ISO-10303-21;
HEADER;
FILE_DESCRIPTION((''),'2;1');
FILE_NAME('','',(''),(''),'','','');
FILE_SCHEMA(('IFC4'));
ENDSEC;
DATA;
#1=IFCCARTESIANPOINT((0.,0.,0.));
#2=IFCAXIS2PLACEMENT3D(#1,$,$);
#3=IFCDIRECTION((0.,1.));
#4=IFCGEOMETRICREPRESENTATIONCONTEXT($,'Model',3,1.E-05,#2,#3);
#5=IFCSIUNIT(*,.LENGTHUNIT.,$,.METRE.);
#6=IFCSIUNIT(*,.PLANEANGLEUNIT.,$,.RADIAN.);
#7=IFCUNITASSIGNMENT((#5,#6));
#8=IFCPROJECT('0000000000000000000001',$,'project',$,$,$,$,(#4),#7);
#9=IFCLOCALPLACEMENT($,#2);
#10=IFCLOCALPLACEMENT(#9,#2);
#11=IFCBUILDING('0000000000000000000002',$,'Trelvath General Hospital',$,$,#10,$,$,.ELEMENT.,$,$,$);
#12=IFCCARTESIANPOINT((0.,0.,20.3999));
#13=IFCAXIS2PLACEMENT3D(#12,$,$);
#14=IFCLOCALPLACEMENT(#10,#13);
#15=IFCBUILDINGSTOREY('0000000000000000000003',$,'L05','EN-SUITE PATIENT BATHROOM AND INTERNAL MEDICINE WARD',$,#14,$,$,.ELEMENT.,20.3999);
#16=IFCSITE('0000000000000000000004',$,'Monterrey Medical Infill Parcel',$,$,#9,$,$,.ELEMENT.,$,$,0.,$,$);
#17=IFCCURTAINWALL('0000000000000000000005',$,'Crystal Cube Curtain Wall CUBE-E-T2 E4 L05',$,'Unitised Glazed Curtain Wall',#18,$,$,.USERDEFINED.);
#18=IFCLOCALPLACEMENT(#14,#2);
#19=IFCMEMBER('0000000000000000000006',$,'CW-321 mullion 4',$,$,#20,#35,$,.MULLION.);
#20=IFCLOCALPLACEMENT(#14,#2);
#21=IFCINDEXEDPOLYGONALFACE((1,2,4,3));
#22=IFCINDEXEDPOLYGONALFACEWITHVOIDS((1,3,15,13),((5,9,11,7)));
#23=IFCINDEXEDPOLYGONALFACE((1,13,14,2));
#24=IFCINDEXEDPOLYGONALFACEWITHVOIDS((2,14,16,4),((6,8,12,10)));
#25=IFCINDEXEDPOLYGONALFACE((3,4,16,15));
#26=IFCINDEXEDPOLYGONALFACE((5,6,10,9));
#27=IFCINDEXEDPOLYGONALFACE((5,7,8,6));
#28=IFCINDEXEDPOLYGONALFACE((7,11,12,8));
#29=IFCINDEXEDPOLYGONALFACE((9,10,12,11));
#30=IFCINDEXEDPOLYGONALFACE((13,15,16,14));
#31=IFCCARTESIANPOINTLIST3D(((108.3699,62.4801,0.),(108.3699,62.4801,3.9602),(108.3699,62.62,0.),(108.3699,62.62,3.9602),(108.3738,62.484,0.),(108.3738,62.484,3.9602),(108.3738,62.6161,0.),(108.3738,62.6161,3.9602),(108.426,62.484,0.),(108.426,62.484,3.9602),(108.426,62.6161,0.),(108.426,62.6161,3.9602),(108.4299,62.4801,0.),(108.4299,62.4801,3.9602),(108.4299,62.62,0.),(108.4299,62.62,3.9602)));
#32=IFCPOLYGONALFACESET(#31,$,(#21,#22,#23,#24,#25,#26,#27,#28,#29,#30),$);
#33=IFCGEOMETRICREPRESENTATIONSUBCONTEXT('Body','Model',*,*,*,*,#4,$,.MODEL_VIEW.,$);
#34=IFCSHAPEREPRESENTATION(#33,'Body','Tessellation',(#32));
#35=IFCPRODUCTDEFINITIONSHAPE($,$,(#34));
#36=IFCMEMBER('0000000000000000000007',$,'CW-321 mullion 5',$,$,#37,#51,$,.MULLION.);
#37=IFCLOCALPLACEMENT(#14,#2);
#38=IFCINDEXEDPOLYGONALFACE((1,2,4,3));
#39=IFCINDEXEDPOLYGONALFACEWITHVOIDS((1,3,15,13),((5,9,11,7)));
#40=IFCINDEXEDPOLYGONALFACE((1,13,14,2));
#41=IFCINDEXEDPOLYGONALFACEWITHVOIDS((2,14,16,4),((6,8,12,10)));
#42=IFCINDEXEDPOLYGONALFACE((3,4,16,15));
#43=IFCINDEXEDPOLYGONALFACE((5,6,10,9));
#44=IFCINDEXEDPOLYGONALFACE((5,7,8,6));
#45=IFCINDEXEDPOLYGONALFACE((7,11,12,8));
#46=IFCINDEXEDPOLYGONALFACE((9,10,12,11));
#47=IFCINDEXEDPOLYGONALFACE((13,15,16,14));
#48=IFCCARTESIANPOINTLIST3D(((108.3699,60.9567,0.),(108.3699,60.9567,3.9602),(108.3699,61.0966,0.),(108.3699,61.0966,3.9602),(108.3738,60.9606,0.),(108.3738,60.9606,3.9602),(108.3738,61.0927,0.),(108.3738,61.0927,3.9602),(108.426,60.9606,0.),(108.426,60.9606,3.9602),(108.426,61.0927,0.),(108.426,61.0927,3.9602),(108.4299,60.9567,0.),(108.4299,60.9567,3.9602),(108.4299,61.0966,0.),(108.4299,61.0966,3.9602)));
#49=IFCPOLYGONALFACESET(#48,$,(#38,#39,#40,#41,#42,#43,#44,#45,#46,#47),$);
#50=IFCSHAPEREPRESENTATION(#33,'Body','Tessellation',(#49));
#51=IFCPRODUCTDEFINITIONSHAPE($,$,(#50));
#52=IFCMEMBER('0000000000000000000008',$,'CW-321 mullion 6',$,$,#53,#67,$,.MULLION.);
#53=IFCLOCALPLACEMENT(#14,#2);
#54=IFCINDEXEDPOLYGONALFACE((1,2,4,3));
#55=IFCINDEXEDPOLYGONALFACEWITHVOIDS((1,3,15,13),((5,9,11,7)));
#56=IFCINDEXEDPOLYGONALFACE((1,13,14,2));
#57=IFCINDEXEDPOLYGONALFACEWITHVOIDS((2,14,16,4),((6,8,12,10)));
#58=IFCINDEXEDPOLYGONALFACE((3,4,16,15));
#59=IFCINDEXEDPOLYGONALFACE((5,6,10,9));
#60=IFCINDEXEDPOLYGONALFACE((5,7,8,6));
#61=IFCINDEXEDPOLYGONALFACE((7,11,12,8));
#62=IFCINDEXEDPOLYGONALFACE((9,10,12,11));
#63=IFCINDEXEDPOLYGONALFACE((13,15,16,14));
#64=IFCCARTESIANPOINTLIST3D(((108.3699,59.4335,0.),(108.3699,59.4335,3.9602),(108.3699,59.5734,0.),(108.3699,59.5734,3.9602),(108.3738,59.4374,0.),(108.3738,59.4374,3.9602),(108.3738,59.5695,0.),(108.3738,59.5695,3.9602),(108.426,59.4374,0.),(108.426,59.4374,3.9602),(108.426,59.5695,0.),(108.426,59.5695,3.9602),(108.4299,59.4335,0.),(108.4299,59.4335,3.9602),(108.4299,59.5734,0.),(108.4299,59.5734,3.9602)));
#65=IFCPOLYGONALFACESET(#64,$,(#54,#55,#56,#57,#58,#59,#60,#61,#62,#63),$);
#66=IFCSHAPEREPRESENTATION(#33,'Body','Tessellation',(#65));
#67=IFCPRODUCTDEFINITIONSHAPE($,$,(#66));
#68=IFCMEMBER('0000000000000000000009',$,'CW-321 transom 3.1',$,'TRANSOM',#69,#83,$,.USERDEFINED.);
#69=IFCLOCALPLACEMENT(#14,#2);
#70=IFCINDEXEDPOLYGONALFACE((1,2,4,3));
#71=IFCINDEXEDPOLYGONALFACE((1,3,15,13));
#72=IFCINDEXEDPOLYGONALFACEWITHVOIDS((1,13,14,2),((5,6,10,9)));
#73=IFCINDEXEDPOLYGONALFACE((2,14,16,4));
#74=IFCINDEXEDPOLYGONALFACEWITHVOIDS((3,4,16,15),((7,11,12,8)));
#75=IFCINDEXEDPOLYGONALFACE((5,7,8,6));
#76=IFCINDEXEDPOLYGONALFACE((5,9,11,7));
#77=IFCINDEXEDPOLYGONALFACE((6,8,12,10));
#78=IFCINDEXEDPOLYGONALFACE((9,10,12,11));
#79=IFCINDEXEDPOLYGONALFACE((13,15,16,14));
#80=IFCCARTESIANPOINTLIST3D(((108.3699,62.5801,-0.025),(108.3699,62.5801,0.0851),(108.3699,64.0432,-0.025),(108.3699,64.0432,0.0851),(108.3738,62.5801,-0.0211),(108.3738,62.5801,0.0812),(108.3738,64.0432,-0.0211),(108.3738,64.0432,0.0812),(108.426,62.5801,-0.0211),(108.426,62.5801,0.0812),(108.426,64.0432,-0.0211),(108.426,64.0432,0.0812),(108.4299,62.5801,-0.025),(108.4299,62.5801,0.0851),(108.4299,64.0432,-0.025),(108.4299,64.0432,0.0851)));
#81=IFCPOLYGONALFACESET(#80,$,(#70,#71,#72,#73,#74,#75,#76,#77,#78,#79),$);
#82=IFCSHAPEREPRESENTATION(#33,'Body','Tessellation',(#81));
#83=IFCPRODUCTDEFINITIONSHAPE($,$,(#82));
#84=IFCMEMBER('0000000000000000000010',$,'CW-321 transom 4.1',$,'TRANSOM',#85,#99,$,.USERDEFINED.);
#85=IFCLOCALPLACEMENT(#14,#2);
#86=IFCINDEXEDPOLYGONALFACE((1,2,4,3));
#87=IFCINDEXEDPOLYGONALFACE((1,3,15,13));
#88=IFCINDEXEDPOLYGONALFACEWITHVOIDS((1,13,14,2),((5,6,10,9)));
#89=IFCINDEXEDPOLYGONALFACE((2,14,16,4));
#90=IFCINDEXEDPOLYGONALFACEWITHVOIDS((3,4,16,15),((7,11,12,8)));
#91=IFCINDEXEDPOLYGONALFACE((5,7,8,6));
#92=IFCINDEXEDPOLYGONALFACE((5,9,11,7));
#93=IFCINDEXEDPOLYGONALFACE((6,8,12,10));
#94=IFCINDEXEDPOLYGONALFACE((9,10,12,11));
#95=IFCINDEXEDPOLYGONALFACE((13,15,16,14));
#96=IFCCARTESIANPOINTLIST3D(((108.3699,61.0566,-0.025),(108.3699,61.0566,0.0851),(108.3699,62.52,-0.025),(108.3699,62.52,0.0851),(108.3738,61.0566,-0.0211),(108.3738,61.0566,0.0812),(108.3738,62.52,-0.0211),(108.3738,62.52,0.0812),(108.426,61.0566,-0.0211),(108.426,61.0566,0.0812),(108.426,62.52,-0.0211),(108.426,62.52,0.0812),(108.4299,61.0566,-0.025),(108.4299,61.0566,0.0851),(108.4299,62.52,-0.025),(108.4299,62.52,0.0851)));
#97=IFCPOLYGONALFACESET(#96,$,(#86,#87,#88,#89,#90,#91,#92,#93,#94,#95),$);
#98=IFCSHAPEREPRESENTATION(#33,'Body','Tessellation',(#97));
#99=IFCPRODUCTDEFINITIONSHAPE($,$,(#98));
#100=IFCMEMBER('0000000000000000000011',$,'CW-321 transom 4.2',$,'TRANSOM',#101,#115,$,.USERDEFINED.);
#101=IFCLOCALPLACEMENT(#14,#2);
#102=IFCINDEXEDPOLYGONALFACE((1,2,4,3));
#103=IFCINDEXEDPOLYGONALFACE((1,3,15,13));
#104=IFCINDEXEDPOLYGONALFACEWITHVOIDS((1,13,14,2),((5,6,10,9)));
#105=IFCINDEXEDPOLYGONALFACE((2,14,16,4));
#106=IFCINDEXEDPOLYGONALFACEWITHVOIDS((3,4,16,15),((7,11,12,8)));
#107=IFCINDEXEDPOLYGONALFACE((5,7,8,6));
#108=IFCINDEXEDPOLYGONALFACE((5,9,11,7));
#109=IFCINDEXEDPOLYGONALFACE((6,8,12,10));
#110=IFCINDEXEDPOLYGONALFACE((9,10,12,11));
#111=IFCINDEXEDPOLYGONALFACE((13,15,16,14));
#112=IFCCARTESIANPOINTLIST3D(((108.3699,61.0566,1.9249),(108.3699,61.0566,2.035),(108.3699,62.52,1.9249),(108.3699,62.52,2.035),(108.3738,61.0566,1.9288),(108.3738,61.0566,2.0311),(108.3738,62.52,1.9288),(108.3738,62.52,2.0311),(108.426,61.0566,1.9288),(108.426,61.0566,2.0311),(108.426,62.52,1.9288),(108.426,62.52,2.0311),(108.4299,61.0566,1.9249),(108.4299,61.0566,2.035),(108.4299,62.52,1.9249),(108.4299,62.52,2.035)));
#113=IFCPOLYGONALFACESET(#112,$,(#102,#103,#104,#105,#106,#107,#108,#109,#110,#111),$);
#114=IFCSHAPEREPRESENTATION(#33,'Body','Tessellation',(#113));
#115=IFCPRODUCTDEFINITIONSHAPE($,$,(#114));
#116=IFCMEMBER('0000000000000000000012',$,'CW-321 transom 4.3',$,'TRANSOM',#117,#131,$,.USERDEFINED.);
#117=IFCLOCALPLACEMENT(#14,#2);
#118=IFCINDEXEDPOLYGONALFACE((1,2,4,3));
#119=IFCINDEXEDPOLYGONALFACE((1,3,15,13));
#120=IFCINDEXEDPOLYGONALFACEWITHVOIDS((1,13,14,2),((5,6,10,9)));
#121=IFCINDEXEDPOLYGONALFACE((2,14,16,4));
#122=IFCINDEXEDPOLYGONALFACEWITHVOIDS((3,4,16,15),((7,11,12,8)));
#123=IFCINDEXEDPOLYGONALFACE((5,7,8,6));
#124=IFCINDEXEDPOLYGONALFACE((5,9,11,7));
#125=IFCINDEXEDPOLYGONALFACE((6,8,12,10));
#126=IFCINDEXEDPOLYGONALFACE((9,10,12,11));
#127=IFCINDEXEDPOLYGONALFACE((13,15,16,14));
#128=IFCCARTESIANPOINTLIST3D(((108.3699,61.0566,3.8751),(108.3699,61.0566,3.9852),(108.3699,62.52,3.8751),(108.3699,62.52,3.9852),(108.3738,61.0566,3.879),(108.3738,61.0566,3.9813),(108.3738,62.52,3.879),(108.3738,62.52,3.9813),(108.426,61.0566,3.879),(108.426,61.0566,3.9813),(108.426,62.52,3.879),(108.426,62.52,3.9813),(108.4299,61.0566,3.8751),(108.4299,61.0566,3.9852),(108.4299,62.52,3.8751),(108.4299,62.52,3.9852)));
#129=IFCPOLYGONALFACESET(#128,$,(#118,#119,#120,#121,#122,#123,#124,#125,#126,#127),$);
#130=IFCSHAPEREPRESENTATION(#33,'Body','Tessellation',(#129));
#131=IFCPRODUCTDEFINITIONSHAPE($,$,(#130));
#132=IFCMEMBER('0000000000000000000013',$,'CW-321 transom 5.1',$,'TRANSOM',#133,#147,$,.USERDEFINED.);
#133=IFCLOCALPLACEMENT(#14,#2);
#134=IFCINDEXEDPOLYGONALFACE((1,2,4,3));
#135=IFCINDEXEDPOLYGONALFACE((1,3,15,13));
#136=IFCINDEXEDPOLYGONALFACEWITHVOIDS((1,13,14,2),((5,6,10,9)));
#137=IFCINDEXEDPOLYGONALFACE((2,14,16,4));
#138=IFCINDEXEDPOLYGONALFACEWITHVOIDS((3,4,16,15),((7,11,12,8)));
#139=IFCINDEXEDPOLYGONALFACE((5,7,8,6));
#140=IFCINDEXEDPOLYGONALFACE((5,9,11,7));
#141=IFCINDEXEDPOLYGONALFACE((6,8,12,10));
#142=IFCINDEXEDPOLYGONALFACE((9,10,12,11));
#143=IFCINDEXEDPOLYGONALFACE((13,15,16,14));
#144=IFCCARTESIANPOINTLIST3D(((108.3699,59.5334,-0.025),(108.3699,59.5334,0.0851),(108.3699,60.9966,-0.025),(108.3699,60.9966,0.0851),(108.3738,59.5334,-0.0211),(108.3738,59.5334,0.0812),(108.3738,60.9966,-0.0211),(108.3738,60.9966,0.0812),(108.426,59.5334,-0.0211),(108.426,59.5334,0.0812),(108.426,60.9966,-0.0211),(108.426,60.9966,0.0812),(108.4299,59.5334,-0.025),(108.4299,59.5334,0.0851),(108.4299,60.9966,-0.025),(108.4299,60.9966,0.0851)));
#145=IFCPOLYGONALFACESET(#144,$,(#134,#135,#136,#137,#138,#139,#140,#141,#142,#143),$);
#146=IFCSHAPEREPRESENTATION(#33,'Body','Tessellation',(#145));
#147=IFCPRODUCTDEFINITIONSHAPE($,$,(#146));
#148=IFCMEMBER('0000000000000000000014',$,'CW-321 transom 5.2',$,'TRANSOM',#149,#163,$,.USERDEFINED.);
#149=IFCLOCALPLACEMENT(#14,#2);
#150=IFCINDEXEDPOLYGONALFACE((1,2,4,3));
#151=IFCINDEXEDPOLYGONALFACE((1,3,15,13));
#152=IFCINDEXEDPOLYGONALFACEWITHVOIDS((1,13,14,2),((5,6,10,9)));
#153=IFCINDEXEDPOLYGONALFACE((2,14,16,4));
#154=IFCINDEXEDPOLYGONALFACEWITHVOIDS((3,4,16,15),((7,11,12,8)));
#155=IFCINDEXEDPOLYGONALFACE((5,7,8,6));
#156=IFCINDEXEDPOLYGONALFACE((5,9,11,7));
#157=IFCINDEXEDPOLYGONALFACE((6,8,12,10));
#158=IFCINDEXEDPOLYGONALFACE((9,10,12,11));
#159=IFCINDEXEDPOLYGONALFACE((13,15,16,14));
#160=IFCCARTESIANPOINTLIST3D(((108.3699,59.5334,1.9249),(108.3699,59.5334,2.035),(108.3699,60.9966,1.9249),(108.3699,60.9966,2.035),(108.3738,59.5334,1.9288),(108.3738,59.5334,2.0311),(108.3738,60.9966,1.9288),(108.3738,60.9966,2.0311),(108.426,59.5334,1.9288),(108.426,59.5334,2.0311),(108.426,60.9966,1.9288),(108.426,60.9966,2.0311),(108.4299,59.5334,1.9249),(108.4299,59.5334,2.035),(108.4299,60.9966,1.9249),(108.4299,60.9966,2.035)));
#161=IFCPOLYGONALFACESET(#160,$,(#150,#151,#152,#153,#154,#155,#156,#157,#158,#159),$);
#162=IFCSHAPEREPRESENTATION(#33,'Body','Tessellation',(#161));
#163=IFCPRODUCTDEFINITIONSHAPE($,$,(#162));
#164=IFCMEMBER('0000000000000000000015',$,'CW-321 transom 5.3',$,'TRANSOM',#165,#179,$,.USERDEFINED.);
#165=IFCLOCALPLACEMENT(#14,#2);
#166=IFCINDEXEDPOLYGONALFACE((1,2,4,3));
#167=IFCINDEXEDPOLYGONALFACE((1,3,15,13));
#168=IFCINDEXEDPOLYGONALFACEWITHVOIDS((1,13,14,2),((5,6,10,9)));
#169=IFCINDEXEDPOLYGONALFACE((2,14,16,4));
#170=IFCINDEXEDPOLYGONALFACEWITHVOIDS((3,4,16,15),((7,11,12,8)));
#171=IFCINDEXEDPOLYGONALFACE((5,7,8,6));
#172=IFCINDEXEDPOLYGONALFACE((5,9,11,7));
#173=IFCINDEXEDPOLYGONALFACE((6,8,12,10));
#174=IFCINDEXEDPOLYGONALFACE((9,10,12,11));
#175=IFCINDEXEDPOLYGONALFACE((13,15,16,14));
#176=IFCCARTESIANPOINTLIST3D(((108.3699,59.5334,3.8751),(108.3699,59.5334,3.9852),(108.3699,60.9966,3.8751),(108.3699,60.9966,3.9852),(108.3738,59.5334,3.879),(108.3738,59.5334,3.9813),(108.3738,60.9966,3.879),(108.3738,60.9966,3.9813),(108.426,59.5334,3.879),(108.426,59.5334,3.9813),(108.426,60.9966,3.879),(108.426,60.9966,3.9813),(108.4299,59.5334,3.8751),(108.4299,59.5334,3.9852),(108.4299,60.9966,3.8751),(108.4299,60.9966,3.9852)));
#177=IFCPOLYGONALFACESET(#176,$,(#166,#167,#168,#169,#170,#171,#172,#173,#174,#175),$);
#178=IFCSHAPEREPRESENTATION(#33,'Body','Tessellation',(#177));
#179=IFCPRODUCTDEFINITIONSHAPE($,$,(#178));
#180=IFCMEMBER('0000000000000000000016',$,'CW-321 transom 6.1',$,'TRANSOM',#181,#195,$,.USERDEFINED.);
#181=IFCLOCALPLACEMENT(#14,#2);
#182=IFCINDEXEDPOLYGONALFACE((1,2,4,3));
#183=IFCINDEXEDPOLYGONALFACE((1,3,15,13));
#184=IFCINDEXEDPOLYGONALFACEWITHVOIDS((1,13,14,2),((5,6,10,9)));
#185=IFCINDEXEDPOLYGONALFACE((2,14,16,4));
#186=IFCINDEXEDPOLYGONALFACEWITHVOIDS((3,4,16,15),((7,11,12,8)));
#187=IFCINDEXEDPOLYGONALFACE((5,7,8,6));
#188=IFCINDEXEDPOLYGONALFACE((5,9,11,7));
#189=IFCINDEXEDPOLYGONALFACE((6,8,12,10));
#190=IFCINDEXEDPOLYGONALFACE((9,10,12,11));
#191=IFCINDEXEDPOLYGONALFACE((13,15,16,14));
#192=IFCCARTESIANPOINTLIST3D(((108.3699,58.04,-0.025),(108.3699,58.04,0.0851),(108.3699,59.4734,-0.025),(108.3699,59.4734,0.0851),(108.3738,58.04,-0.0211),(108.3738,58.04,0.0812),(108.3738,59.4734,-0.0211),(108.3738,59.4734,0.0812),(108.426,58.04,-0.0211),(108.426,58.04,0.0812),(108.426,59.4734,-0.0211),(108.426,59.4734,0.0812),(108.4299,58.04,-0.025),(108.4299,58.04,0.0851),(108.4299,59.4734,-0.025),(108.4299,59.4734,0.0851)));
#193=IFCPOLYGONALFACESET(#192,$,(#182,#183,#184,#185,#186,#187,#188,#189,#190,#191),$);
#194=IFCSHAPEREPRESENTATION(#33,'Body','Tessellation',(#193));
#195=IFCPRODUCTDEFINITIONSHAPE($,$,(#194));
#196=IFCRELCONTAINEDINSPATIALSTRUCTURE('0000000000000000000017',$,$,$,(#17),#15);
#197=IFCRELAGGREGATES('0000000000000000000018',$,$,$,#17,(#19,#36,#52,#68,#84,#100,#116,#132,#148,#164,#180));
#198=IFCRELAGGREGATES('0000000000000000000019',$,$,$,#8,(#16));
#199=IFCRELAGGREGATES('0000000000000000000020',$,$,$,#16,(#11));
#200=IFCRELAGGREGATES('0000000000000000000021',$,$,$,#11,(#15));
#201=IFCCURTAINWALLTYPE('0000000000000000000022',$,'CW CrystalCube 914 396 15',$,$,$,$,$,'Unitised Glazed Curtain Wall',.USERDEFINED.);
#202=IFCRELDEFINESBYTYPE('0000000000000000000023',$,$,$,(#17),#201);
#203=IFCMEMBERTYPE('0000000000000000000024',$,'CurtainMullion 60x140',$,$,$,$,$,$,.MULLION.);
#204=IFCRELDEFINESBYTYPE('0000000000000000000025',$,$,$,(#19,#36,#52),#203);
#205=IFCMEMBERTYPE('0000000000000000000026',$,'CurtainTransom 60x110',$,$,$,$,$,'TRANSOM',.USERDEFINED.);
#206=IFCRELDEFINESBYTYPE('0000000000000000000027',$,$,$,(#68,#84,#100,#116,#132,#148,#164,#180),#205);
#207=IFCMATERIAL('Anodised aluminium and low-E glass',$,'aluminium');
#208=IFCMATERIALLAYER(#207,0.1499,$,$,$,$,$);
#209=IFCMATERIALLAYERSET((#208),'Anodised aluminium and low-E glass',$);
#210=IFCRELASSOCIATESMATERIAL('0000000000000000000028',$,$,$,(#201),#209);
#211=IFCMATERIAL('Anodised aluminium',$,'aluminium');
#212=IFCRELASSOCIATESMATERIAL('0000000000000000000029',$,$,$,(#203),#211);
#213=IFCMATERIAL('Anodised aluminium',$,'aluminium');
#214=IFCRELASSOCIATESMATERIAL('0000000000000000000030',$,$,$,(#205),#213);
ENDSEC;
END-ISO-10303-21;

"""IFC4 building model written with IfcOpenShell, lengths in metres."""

from ifc_helpers import new_model, si_unit, direction, frame, origin, origin_2d, place, context, subcontext, project, spatial, hollow_rectangle, extrude, material, layer, layer_set, material_profile, profile_set, type_object, element, aggregate, save


model = new_model("IFC4")

# Units and contexts
model_context = context("Model", 3, precision=1e-05, world=origin(), true_north=direction((0.0, 1.0)))
body_context = subcontext(model_context, "Body", "Model", "MODEL_VIEW")
ifc_project = project(units=[si_unit("LENGTHUNIT", "METRE"), si_unit("PLANEANGLEUNIT", "RADIAN")], contexts=[model_context])

# Site, building, storey
site_placement = place(None, origin())
site = spatial("IfcSite", under=ifc_project, at=site_placement, Name="Monterrey Medical Infill Parcel", CompositionType="ELEMENT", RefElevation=0.0)
building_placement = place(site_placement, origin())
building = spatial("IfcBuilding", under=site, at=building_placement, Name="Trelvath General Hospital", CompositionType="ELEMENT")
storey_placement = place(building_placement, frame((0.0, 0.0, 20.3999)))
storey = spatial("IfcBuildingStorey", under=building, at=storey_placement, Name="L05", Description="EN-SUITE PATIENT BATHROOM AND INTERNAL MEDICINE WARD", CompositionType="ELEMENT", Elevation=20.3999)

# Curtain wall, members
ifc_material_1 = material(Name="Anodised aluminium and low-E glass", Category="aluminium")
ifc_layer_1 = layer(ifc_material_1, 0.1499)
ifc_layer_set_1 = layer_set([ifc_layer_1], Name="Anodised aluminium and low-E glass")
curtain_wall_type = type_object("IfcCurtainWallType", Name="CW CrystalCube 914 396 15", ElementType="Unitised Glazed Curtain Wall", PredefinedType="USERDEFINED", material=ifc_layer_set_1)
curtain_wall_placement = place(storey_placement, origin())
curtain_wall = element("IfcCurtainWall", 1, at=curtain_wall_placement, inside=storey, type_object=curtain_wall_type, Name="Crystal Cube Curtain Wall CUBE-E-T2 E4 L05", ObjectType="Unitised Glazed Curtain Wall", PredefinedType="USERDEFINED")
ifc_material_2 = material(Name="Anodised aluminium", Category="aluminium")
ifc_material_profile_1 = material_profile(ifc_material_2, hollow_rectangle(XDim=0.0601, YDim=0.1399, WallThickness=0.0039, at=origin_2d()), Name="RHS60x140x4")
ifc_profile_set_1 = profile_set([ifc_material_profile_1], Name="Anodised aluminium")
member_type_1 = type_object("IfcMemberType", Name="CurtainMullion 60x140", PredefinedType="MULLION", material=ifc_profile_set_1)
member_1_placement = place(storey_placement, frame((108.3999, 62.55, 0.0), z_axis=(0.0, 0.0, 1.0), x_axis=(1.0, 0.0, 0.0)))
member_1 = element("IfcMember", 2, at=member_1_placement, type_object=member_type_1, Name="CW-321 mullion 4", PredefinedType="MULLION", context=body_context, shape_type="SweptSolid", body=[
    extrude(hollow_rectangle(XDim=0.0601, YDim=0.1399, WallThickness=0.0039, at=origin_2d()), origin(), (0.0, 0.0, 1.0), 3.9602),
])
member_2_placement = place(storey_placement, frame((108.3999, 61.0266, 0.0), z_axis=(0.0, 0.0, 1.0), x_axis=(1.0, 0.0, 0.0)))
member_2 = element("IfcMember", 3, at=member_2_placement, type_object=member_type_1, Name="CW-321 mullion 5", PredefinedType="MULLION", context=body_context, shape_type="SweptSolid", body=[
    extrude(hollow_rectangle(XDim=0.0601, YDim=0.1399, WallThickness=0.0039, at=origin_2d()), origin(), (0.0, 0.0, 1.0), 3.9602),
])
member_3_placement = place(storey_placement, frame((108.3999, 59.5034, 0.0), z_axis=(0.0, 0.0, 1.0), x_axis=(1.0, 0.0, 0.0)))
member_3 = element("IfcMember", 4, at=member_3_placement, type_object=member_type_1, Name="CW-321 mullion 6", PredefinedType="MULLION", context=body_context, shape_type="SweptSolid", body=[
    extrude(hollow_rectangle(XDim=0.0601, YDim=0.1399, WallThickness=0.0039, at=origin_2d()), origin(), (0.0, 0.0, 1.0), 3.9602),
])
ifc_material_3 = material(Name="Anodised aluminium", Category="aluminium")
ifc_material_profile_2 = material_profile(ifc_material_3, hollow_rectangle(XDim=0.0601, YDim=0.1101, WallThickness=0.0039, at=origin_2d()), Name="RHS60x110x4")
ifc_profile_set_2 = profile_set([ifc_material_profile_2], Name="Anodised aluminium")
member_type_2 = type_object("IfcMemberType", Name="CurtainTransom 60x110", ElementType="TRANSOM", PredefinedType="USERDEFINED", material=ifc_profile_set_2)
member_4_placement = place(storey_placement, frame((108.3999, 64.0432, 0.03), z_axis=(0.0, -1.0, 0.0), x_axis=(1.0, 0.0, 0.0)))
member_4 = element("IfcMember", 5, at=member_4_placement, type_object=member_type_2, Name="CW-321 transom 3.1", ObjectType="TRANSOM", PredefinedType="USERDEFINED", context=body_context, shape_type="SweptSolid", body=[
    extrude(hollow_rectangle(XDim=0.0601, YDim=0.1101, WallThickness=0.0039, at=origin_2d()), origin(), (0.0, 0.0, 1.0), 1.4631),
])
member_5_placement = place(storey_placement, frame((108.3999, 62.52, 0.03), z_axis=(0.0, -1.0, 0.0), x_axis=(1.0, 0.0, 0.0)))
member_5 = element("IfcMember", 6, at=member_5_placement, type_object=member_type_2, Name="CW-321 transom 4.1", ObjectType="TRANSOM", PredefinedType="USERDEFINED", context=body_context, shape_type="SweptSolid", body=[
    extrude(hollow_rectangle(XDim=0.0601, YDim=0.1101, WallThickness=0.0039, at=origin_2d()), origin(), (0.0, 0.0, 1.0), 1.4634),
])
member_6_placement = place(storey_placement, frame((108.3999, 62.52, 1.98), z_axis=(0.0, -1.0, 0.0), x_axis=(1.0, 0.0, 0.0)))
member_6 = element("IfcMember", 7, at=member_6_placement, type_object=member_type_2, Name="CW-321 transom 4.2", ObjectType="TRANSOM", PredefinedType="USERDEFINED", context=body_context, shape_type="SweptSolid", body=[
    extrude(hollow_rectangle(XDim=0.0601, YDim=0.1101, WallThickness=0.0039, at=origin_2d()), origin(), (0.0, 0.0, 1.0), 1.4634),
])
member_7_placement = place(storey_placement, frame((108.3999, 62.52, 3.9302), z_axis=(0.0, -1.0, 0.0), x_axis=(1.0, 0.0, 0.0)))
member_7 = element("IfcMember", 8, at=member_7_placement, type_object=member_type_2, Name="CW-321 transom 4.3", ObjectType="TRANSOM", PredefinedType="USERDEFINED", context=body_context, shape_type="SweptSolid", body=[
    extrude(hollow_rectangle(XDim=0.0601, YDim=0.1101, WallThickness=0.0039, at=origin_2d()), origin(), (0.0, 0.0, 1.0), 1.4634),
])
member_8_placement = place(storey_placement, frame((108.3999, 60.9966, 0.03), z_axis=(0.0, -1.0, 0.0), x_axis=(1.0, 0.0, 0.0)))
member_8 = element("IfcMember", 9, at=member_8_placement, type_object=member_type_2, Name="CW-321 transom 5.1", ObjectType="TRANSOM", PredefinedType="USERDEFINED", context=body_context, shape_type="SweptSolid", body=[
    extrude(hollow_rectangle(XDim=0.0601, YDim=0.1101, WallThickness=0.0039, at=origin_2d()), origin(), (0.0, 0.0, 1.0), 1.4631),
])
member_9_placement = place(storey_placement, frame((108.3999, 60.9966, 1.98), z_axis=(0.0, -1.0, 0.0), x_axis=(1.0, 0.0, 0.0)))
member_9 = element("IfcMember", 10, at=member_9_placement, type_object=member_type_2, Name="CW-321 transom 5.2", ObjectType="TRANSOM", PredefinedType="USERDEFINED", context=body_context, shape_type="SweptSolid", body=[
    extrude(hollow_rectangle(XDim=0.0601, YDim=0.1101, WallThickness=0.0039, at=origin_2d()), origin(), (0.0, 0.0, 1.0), 1.4631),
])
member_10_placement = place(storey_placement, frame((108.3999, 60.9966, 3.9302), z_axis=(0.0, -1.0, 0.0), x_axis=(1.0, 0.0, 0.0)))
member_10 = element("IfcMember", 11, at=member_10_placement, type_object=member_type_2, Name="CW-321 transom 5.3", ObjectType="TRANSOM", PredefinedType="USERDEFINED", context=body_context, shape_type="SweptSolid", body=[
    extrude(hollow_rectangle(XDim=0.0601, YDim=0.1101, WallThickness=0.0039, at=origin_2d()), origin(), (0.0, 0.0, 1.0), 1.4631),
])
member_11_placement = place(storey_placement, frame((108.3999, 59.4734, 0.03), z_axis=(0.0, -1.0, 0.0), x_axis=(1.0, 0.0, 0.0)))
member_11 = element("IfcMember", 12, at=member_11_placement, type_object=member_type_2, Name="CW-321 transom 6.1", ObjectType="TRANSOM", PredefinedType="USERDEFINED", context=body_context, shape_type="SweptSolid", body=[
    extrude(hollow_rectangle(XDim=0.0601, YDim=0.1101, WallThickness=0.0039, at=origin_2d()), origin(), (0.0, 0.0, 1.0), 1.4333),
])
aggregate(curtain_wall, [member_1, member_2, member_3, member_4, member_5, member_6, member_7, member_8, member_9, member_10, member_11])

save(model, "model.ifc")
